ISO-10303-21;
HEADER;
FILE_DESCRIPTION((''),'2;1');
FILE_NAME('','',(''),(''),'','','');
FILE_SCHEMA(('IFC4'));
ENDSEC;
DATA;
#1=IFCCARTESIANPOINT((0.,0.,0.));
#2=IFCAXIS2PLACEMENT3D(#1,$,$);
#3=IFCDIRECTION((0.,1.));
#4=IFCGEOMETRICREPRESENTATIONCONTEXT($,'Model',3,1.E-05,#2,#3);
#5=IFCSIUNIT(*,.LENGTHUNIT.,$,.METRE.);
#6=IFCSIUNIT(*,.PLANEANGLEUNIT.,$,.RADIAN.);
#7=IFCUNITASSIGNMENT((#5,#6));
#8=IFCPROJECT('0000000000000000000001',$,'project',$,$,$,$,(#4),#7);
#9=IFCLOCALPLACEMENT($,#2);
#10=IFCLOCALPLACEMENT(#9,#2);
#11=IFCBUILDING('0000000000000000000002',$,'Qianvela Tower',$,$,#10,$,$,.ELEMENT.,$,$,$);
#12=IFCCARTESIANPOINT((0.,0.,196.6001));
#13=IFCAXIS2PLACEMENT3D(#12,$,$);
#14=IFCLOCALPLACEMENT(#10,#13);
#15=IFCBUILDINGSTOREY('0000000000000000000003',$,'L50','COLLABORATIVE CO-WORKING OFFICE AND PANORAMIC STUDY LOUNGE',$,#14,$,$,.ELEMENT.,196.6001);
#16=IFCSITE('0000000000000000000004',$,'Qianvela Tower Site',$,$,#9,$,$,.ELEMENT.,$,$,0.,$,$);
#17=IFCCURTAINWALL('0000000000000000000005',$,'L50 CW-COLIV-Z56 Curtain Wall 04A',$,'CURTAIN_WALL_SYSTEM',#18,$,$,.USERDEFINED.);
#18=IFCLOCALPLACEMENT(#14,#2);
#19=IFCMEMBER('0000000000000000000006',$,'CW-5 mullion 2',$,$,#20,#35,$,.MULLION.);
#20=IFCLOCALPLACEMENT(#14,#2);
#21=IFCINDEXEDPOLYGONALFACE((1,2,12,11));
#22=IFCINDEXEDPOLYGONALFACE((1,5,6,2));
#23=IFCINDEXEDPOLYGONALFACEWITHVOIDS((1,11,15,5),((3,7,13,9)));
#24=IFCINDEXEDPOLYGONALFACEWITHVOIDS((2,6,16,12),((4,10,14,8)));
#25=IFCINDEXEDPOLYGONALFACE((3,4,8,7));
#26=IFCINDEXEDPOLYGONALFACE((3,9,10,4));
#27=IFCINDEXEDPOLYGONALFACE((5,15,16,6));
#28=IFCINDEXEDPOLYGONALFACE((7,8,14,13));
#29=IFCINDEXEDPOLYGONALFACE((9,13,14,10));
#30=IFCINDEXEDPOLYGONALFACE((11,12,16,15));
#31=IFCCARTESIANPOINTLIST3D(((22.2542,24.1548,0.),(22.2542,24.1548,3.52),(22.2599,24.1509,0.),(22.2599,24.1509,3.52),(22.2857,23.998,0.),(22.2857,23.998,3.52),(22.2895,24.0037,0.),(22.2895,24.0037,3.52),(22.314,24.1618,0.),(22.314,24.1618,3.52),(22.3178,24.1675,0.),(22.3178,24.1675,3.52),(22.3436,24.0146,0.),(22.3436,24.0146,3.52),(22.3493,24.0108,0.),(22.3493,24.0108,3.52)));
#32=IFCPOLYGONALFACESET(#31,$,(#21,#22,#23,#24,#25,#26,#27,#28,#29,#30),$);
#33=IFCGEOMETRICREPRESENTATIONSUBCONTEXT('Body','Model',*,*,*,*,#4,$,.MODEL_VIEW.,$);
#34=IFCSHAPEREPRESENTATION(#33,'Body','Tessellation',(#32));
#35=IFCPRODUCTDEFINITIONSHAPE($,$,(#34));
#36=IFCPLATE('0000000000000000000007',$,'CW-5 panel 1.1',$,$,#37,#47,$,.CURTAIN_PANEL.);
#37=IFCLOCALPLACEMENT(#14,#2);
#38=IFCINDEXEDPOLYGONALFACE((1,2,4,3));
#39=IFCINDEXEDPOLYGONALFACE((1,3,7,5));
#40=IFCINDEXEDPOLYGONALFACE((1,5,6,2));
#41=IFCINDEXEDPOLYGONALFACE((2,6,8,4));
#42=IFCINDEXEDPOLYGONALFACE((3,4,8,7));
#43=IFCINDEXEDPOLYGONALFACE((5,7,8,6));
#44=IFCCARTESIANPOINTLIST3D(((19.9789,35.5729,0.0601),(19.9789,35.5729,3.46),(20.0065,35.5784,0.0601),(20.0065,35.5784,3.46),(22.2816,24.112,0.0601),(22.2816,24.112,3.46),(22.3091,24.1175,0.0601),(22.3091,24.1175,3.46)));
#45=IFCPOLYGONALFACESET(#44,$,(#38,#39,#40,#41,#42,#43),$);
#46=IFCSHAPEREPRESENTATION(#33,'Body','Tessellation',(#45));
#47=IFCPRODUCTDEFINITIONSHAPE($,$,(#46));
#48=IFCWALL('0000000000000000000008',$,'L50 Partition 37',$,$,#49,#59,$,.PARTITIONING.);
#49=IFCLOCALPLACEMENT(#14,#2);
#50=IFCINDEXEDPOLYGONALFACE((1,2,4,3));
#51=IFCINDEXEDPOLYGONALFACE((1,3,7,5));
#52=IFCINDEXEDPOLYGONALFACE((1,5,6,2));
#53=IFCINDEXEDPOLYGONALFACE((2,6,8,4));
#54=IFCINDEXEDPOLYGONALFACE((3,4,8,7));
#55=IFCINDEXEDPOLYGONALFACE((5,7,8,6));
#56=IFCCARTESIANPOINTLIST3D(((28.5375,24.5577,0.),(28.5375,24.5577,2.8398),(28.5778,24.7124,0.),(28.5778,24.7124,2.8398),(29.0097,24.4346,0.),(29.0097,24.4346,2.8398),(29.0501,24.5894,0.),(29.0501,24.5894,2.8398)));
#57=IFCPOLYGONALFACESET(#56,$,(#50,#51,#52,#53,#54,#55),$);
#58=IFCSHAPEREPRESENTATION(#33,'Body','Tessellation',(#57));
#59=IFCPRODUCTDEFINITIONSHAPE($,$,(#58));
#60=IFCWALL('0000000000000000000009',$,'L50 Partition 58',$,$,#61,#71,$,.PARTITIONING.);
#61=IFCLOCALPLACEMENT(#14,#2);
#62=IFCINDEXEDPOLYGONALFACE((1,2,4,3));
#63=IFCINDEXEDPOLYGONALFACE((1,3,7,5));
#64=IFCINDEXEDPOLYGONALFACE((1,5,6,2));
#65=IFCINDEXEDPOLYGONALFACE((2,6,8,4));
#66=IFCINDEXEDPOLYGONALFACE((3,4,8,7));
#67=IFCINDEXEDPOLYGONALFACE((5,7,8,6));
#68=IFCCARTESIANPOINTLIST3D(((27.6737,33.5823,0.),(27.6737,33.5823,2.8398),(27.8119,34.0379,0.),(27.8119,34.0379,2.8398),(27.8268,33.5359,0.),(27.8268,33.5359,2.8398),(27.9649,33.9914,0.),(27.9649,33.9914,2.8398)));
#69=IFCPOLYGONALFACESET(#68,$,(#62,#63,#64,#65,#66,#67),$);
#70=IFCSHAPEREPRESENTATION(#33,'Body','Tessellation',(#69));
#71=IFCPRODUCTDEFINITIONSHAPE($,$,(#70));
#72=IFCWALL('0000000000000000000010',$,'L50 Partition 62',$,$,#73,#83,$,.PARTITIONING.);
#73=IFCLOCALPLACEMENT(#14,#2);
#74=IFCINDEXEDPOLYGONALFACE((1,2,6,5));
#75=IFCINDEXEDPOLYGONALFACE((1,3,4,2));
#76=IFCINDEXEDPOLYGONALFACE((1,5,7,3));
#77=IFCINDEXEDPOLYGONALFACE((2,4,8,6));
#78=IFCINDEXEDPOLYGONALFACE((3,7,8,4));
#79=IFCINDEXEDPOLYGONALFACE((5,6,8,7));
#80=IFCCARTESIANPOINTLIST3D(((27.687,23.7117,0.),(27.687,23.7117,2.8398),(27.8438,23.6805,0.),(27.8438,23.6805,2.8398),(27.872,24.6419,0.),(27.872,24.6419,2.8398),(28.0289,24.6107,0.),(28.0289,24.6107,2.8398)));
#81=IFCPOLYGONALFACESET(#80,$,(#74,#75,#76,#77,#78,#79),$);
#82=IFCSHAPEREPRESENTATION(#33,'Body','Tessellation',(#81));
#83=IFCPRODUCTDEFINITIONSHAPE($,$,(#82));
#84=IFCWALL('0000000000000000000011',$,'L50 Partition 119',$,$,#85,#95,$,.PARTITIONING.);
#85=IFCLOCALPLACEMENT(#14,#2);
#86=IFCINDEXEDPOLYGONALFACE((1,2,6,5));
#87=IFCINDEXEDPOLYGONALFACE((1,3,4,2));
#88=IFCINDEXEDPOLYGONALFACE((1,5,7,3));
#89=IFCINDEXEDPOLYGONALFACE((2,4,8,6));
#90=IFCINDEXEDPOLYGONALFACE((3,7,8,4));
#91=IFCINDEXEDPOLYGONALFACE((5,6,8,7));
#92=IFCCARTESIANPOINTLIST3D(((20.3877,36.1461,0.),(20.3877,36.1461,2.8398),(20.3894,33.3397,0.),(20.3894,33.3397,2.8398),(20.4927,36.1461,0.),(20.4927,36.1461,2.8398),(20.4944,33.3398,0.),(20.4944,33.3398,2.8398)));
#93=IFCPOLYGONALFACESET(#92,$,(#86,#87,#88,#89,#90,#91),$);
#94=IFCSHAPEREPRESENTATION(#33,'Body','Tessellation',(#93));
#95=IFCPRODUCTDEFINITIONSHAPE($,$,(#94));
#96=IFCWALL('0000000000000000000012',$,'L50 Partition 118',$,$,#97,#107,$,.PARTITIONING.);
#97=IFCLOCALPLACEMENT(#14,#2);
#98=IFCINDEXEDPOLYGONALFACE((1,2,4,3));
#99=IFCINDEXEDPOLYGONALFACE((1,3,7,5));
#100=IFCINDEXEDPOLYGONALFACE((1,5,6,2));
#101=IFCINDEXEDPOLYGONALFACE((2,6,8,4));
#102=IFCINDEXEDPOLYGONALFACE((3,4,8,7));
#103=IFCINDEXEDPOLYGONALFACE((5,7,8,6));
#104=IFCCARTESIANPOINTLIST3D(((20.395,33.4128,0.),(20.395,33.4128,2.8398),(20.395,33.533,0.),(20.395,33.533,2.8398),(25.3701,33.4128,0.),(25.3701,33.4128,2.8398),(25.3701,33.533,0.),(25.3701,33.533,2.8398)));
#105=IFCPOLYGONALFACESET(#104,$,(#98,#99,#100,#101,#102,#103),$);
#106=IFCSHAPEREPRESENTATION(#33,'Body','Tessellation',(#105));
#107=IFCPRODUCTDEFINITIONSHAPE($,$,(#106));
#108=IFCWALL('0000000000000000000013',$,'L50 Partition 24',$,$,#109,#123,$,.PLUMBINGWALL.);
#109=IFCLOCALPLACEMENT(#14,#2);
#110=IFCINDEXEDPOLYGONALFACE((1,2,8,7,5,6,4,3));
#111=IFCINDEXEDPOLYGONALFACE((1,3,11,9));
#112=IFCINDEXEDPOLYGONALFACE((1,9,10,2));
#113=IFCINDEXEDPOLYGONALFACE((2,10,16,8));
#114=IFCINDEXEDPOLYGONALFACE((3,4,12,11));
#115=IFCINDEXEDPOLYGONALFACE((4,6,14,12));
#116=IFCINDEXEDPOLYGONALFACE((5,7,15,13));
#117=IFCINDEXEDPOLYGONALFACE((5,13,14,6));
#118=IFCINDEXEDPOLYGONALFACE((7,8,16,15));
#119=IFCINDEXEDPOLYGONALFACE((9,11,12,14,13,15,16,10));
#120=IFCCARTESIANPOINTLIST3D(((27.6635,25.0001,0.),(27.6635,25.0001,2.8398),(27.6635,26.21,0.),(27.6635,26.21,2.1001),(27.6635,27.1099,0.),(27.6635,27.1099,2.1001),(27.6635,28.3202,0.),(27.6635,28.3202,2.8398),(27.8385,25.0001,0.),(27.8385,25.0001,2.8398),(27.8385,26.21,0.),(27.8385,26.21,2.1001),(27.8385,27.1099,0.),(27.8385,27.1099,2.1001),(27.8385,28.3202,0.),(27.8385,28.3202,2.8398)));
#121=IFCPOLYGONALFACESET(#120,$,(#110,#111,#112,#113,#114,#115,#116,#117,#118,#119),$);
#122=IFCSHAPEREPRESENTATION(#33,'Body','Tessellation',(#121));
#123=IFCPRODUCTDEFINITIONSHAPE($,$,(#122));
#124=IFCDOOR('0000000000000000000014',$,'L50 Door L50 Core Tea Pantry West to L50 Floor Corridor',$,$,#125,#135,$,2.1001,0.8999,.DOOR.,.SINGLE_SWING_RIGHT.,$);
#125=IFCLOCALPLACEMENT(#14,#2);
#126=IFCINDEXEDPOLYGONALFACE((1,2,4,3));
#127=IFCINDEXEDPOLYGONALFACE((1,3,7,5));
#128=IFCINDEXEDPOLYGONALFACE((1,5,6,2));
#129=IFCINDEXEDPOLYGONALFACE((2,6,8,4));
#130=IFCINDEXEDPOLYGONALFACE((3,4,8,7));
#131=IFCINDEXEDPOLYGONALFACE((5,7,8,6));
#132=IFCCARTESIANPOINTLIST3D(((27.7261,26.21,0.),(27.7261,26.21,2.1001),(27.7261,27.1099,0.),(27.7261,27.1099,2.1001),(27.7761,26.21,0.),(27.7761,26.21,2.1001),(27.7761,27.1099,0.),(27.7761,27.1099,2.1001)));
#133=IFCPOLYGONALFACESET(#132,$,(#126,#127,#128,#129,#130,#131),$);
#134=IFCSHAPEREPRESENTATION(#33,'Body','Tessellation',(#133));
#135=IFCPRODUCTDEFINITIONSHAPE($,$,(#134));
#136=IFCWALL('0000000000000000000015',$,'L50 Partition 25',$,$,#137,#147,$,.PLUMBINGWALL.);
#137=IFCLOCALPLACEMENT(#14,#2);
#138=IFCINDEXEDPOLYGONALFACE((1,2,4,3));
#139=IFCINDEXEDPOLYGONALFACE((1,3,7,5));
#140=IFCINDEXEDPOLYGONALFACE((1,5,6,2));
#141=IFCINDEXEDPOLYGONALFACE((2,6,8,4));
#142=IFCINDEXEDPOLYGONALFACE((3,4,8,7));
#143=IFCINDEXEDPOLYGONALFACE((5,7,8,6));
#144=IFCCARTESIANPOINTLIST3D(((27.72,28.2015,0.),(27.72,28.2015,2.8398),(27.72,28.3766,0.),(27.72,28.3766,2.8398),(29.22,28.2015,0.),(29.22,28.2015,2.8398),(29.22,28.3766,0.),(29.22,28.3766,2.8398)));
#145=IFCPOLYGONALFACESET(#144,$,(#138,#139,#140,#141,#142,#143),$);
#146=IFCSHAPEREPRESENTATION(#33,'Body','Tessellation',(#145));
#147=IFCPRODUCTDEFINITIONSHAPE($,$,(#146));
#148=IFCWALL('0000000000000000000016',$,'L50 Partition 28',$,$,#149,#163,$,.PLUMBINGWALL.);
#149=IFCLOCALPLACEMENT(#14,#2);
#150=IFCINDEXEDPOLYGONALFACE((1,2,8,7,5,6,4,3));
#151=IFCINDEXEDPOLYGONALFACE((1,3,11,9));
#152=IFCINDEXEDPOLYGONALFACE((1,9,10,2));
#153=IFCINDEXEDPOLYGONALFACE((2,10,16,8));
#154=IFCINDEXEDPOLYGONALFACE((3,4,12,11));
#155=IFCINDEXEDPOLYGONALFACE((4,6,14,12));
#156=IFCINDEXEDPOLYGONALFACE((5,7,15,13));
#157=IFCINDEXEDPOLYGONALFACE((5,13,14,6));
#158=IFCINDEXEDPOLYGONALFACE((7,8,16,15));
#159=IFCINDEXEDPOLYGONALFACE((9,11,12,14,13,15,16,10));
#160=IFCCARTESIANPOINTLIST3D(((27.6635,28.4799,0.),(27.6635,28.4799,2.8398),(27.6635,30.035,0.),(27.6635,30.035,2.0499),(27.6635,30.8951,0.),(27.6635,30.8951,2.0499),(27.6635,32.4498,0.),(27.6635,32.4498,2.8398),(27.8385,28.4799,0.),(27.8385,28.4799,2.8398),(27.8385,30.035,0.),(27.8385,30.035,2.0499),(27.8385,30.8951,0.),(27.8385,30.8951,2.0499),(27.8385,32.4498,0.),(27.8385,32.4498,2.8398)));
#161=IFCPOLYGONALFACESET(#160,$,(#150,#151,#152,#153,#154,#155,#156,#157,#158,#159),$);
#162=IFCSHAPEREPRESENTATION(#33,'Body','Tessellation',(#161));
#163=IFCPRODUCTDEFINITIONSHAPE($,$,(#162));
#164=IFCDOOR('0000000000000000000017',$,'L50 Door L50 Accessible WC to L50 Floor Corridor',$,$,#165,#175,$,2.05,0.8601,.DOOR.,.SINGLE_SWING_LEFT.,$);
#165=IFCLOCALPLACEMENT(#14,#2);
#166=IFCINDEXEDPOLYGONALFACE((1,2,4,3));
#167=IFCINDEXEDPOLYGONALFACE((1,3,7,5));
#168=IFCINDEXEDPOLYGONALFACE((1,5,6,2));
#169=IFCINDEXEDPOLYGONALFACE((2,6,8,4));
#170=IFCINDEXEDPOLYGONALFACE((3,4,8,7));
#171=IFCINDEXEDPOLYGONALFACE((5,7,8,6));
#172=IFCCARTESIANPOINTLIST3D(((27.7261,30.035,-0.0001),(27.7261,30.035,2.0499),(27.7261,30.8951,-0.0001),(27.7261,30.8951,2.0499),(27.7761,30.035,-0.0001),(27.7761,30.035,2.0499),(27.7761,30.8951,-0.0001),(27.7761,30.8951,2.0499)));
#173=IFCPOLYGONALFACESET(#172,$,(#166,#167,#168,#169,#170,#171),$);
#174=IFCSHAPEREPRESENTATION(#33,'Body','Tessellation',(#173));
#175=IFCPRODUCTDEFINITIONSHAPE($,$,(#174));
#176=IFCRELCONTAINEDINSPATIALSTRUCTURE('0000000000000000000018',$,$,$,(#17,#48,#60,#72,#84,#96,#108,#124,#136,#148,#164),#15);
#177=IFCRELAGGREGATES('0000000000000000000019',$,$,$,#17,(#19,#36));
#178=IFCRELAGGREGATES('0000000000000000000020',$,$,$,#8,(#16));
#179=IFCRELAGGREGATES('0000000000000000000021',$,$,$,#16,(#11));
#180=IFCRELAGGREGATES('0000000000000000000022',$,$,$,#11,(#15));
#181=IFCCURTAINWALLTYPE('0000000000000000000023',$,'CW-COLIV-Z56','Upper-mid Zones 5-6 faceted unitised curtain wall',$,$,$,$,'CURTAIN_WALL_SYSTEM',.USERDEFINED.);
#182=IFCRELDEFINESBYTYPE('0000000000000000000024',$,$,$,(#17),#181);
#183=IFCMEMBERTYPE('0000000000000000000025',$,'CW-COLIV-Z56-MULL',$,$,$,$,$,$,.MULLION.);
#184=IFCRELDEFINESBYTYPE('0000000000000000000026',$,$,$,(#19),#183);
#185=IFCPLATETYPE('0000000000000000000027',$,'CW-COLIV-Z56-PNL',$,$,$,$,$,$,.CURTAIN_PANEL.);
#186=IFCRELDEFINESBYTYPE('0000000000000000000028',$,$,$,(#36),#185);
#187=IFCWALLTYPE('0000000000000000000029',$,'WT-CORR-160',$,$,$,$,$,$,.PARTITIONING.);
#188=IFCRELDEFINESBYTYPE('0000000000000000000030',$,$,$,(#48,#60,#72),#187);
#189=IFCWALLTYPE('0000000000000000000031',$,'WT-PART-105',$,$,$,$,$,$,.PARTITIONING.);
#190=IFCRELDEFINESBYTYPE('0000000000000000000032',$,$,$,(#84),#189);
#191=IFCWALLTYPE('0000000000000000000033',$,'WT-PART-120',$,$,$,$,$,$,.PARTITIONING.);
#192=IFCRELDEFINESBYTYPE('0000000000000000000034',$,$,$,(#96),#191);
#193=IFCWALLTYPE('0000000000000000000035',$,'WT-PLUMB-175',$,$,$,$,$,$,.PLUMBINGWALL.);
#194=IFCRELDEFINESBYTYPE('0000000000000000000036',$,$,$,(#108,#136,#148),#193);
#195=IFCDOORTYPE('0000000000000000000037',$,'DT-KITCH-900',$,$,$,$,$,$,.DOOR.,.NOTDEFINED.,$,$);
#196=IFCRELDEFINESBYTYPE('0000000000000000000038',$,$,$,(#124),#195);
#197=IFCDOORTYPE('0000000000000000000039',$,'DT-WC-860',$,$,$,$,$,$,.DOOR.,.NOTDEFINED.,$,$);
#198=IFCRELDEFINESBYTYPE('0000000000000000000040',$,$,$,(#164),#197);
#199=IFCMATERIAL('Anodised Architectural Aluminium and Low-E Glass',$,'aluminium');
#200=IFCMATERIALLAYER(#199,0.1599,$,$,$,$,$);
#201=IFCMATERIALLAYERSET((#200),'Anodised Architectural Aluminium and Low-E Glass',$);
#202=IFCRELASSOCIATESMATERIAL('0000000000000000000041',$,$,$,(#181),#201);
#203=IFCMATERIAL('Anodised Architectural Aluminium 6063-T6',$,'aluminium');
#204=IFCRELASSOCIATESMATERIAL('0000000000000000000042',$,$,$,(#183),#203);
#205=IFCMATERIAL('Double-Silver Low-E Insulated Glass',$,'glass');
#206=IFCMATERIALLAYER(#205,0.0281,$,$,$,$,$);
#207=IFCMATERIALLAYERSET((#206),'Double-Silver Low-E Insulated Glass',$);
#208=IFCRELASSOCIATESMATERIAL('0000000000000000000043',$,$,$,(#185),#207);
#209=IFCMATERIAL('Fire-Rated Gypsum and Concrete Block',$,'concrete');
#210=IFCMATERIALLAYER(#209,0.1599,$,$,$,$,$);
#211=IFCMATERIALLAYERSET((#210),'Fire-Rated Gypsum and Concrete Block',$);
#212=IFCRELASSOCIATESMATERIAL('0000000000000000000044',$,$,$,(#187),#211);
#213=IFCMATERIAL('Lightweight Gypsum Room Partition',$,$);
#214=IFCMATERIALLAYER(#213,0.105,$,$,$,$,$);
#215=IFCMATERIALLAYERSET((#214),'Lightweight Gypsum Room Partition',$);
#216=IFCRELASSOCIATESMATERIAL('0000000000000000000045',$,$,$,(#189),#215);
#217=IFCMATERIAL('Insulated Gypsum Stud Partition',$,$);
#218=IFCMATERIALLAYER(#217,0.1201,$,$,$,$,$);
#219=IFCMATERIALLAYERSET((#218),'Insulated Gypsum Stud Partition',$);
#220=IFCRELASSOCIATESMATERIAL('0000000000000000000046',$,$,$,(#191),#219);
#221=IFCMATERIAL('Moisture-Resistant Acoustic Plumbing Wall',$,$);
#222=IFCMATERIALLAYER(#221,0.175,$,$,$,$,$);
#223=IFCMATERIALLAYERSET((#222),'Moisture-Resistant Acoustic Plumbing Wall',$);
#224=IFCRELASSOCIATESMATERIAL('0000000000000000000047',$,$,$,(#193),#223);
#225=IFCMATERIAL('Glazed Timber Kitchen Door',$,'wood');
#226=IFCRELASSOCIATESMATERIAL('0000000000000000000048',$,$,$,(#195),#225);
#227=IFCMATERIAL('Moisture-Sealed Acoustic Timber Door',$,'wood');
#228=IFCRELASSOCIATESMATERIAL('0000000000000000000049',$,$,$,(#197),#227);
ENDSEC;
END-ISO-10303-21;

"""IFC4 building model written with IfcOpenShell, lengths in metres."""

from ifc_helpers import new_model, si_unit, direction, frame, frame_2d, origin, origin_2d, place, context, subcontext, project, spatial, rectangle, hollow_rectangle, extrude, material, layer, layer_set, material_profile, profile_set, type_object, element, fill, aggregate, save


model = new_model("IFC4")

# Units and contexts
model_context = context("Model", 3, precision=1e-05, world=origin(), true_north=direction((0.0, 1.0)))
body_context = subcontext(model_context, "Body", "Model", "MODEL_VIEW")
ifc_project = project(units=[si_unit("LENGTHUNIT", "METRE"), si_unit("PLANEANGLEUNIT", "RADIAN")], contexts=[model_context])

# Site, building, storey
site_placement = place(None, origin())
site = spatial("IfcSite", under=ifc_project, at=site_placement, Name="Qianvela Tower Site", CompositionType="ELEMENT", RefElevation=0.0)
building_placement = place(site_placement, origin())
building = spatial("IfcBuilding", under=site, at=building_placement, Name="Qianvela Tower", CompositionType="ELEMENT")
storey_placement = place(building_placement, frame((0.0, 0.0, 196.6001)))
storey = spatial("IfcBuildingStorey", under=building, at=storey_placement, Name="L50", Description="COLLABORATIVE CO-WORKING OFFICE AND PANORAMIC STUDY LOUNGE", CompositionType="ELEMENT", Elevation=196.6001)

# Curtain wall, member, plate
ifc_material_1 = material(Name="Anodised Architectural Aluminium and Low-E Glass", Category="aluminium")
ifc_layer_1 = layer(ifc_material_1, 0.1599)
ifc_layer_set_1 = layer_set([ifc_layer_1], Name="Anodised Architectural Aluminium and Low-E Glass")
curtain_wall_type_1 = type_object("IfcCurtainWallType", Name="CW-COLIV-Z56", Description="Upper-mid Zones 5-6 faceted unitised curtain wall", ElementType="CURTAIN_WALL_SYSTEM", PredefinedType="USERDEFINED", material=ifc_layer_set_1)
curtain_wall_1_placement = place(storey_placement, origin())
curtain_wall_1 = element("IfcCurtainWall", 1, at=curtain_wall_1_placement, inside=storey, type_object=curtain_wall_type_1, Name="L50 CW-COLIV-Z56 Curtain Wall 04A", ObjectType="CURTAIN_WALL_SYSTEM", PredefinedType="USERDEFINED")
ifc_material_2 = material(Name="Anodised Architectural Aluminium 6063-T6", Category="aluminium")
ifc_material_profile_1 = material_profile(ifc_material_2, hollow_rectangle(XDim=0.0649, YDim=0.1599, WallThickness=0.0049, at=origin_2d()), Name="ALU-MULL-65x160")
ifc_profile_set_1 = profile_set([ifc_material_profile_1], Name="Anodised Architectural Aluminium 6063-T6")
member_type_1 = type_object("IfcMemberType", Name="CW-COLIV-Z56-MULL", PredefinedType="MULLION", material=ifc_profile_set_1)
member_1_placement = place(storey_placement, frame((22.3018, 24.0828, 0.0), z_axis=(0.0, 0.0, 1.0), x_axis=(0.980408, 0.19698, 0.0)))
member_1 = element("IfcMember", 2, at=member_1_placement, type_object=member_type_1, Name="CW-5 mullion 2", PredefinedType="MULLION", context=body_context, shape_type="SweptSolid", body=[
    extrude(hollow_rectangle(XDim=0.0649, YDim=0.1599, WallThickness=0.0049, at=origin_2d()), origin(), (0.0, 0.0, 1.0), 3.52),
])
ifc_material_3 = material(Name="Double-Silver Low-E Insulated Glass", Category="glass")
ifc_layer_2 = layer(ifc_material_3, 0.0281)
ifc_layer_set_2 = layer_set([ifc_layer_2], Name="Double-Silver Low-E Insulated Glass")
plate_type = type_object("IfcPlateType", Name="CW-COLIV-Z56-PNL", PredefinedType="CURTAIN_PANEL", material=ifc_layer_set_2)
plate_placement = place(storey_placement, frame((21.144, 29.8452, 0.0601), z_axis=(0.0, 0.0, 1.0), x_axis=(0.19698, -0.980408, 0.0)))
plate = element("IfcPlate", 3, at=plate_placement, type_object=plate_type, Name="CW-5 panel 1.1", PredefinedType="CURTAIN_PANEL", context=body_context, shape_type="SweptSolid", body=[
    extrude(rectangle(XDim=11.6899, YDim=0.0281, at=origin_2d()), origin(), (0.0, 0.0, 1.0), 3.3999),
])
aggregate(curtain_wall_1, [member_1, plate])

# Walls
ifc_material_4 = material(Name="Fire-Rated Gypsum and Concrete Block", Category="concrete")
ifc_layer_3 = layer(ifc_material_4, 0.1599)
ifc_layer_set_3 = layer_set([ifc_layer_3], Name="Fire-Rated Gypsum and Concrete Block")
wall_type_1 = type_object("IfcWallType", Name="WT-CORR-160", PredefinedType="PARTITIONING", material=ifc_layer_set_3)
wall_1_placement = place(storey_placement, frame((29.03, 24.512, 0.0), z_axis=(0.0, 0.0, 1.0), x_axis=(-0.967681, 0.252177, 0.0)))
element("IfcWall", 4, at=wall_1_placement, inside=storey, type_object=wall_type_1, Name="L50 Partition 37", PredefinedType="PARTITIONING", context=body_context, shape_type="SweptSolid", body=[
    extrude(rectangle(XDim=0.488, YDim=0.1599, at=frame_2d((0.2441, 0.0))), origin(), (0.0, 0.0, 1.0), 2.8398),
])
wall_2_placement = place(storey_placement, frame((27.8884, 34.0146, 0.0), z_axis=(0.0, 0.0, 1.0), x_axis=(-0.290264, -0.956947, 0.0)))
element("IfcWall", 5, at=wall_2_placement, inside=storey, type_object=wall_type_1, Name="L50 Partition 58", PredefinedType="PARTITIONING", context=body_context, shape_type="SweptSolid", body=[
    extrude(rectangle(XDim=0.4761, YDim=0.1599, at=frame_2d((0.238, 0.0))), origin(), (0.0, 0.0, 1.0), 2.8398),
])
wall_3_placement = place(storey_placement, frame((27.9504, 24.6262, 0.0), z_axis=(0.0, 0.0, 1.0), x_axis=(-0.195126, -0.980778, 0.0)))
element("IfcWall", 6, at=wall_3_placement, inside=storey, type_object=wall_type_1, Name="L50 Partition 62", PredefinedType="PARTITIONING", context=body_context, shape_type="SweptSolid", body=[
    extrude(rectangle(XDim=0.9485, YDim=0.1599, at=frame_2d((0.4741, 0.0))), origin(), (0.0, 0.0, 1.0), 2.8398),
])
ifc_material_5 = material(Name="Lightweight Gypsum Room Partition")
ifc_layer_4 = layer(ifc_material_5, 0.105)
ifc_layer_set_4 = layer_set([ifc_layer_4], Name="Lightweight Gypsum Room Partition")
wall_type_2 = type_object("IfcWallType", Name="WT-PART-105", PredefinedType="PARTITIONING", material=ifc_layer_set_4)
wall_4_placement = place(storey_placement, frame((20.4419, 33.3396, 0.0), z_axis=(0.0, 0.0, 1.0), x_axis=(-0.000609, 1.0, 0.0)))
element("IfcWall", 7, at=wall_4_placement, inside=storey, type_object=wall_type_2, Name="L50 Partition 119", PredefinedType="PARTITIONING", context=body_context, shape_type="SweptSolid", body=[
    extrude(rectangle(XDim=2.8064, YDim=0.105, at=frame_2d((1.4033, 0.0))), origin(), (0.0, 0.0, 1.0), 2.8398),
])
ifc_material_6 = material(Name="Insulated Gypsum Stud Partition")
ifc_layer_5 = layer(ifc_material_6, 0.1201)
ifc_layer_set_5 = layer_set([ifc_layer_5], Name="Insulated Gypsum Stud Partition")
wall_type_3 = type_object("IfcWallType", Name="WT-PART-120", PredefinedType="PARTITIONING", material=ifc_layer_set_5)
wall_5_placement = place(storey_placement, frame((25.3701, 33.4729, 0.0), z_axis=(0.0, 0.0, 1.0), x_axis=(-1.0, 0.0, 0.0)))
element("IfcWall", 8, at=wall_5_placement, inside=storey, type_object=wall_type_3, Name="L50 Partition 118", PredefinedType="PARTITIONING", context=body_context, shape_type="SweptSolid", body=[
    extrude(rectangle(XDim=4.9751, YDim=0.1201, at=frame_2d((2.4875, 0.0))), origin(), (0.0, 0.0, 1.0), 2.8398),
])

# Wall, opening, door
ifc_material_7 = material(Name="Moisture-Resistant Acoustic Plumbing Wall")
ifc_layer_6 = layer(ifc_material_7, 0.175)
ifc_layer_set_6 = layer_set([ifc_layer_6], Name="Moisture-Resistant Acoustic Plumbing Wall")
wall_type_4 = type_object("IfcWallType", Name="WT-PLUMB-175", PredefinedType="PLUMBINGWALL", material=ifc_layer_set_6)
wall_6_placement = place(storey_placement, frame((27.751, 25.0, 0.0), z_axis=(0.0, 0.0, 1.0), x_axis=(0.0, 1.0, 0.0)))
wall_6 = element("IfcWall", 9, at=wall_6_placement, inside=storey, type_object=wall_type_4, Name="L50 Partition 24", PredefinedType="PLUMBINGWALL", context=body_context, shape_type="SweptSolid", body=[
    extrude(rectangle(XDim=3.3201, YDim=0.175, at=frame_2d((1.6602, 0.0))), origin(), (0.0, 0.0, 1.0), 2.8398),
])
opening_1_placement = place(wall_6_placement, frame((1.21, 0.0, 0.0)))
opening_1 = element("IfcOpeningElement", 10, at=opening_1_placement, cuts=wall_6, PredefinedType="OPENING", context=body_context, shape_type="SweptSolid", body=[
    extrude(rectangle(XDim=0.8999, YDim=2.1001, at=frame_2d((0.45, 1.05))), frame((0.0, 0.0974, 0.0), z_axis=(0.0, -1.0, 0.0), x_axis=(1.0, 0.0, 0.0)), (0.0, 0.0, 1.0), 0.1951),
])
ifc_material_8 = material(Name="Glazed Timber Kitchen Door", Category="wood")
door_type_1 = type_object("IfcDoorType", Name="DT-KITCH-900", OperationType="NOTDEFINED", PredefinedType="DOOR", material=ifc_material_8)
door_1_placement = place(opening_1_placement, origin())
door_1 = element("IfcDoor", 11, at=door_1_placement, inside=storey, type_object=door_type_1, Name="L50 Door L50 Core Tea Pantry West to L50 Floor Corridor", OperationType="SINGLE_SWING_RIGHT", OverallHeight=2.1001, OverallWidth=0.8999, PredefinedType="DOOR", context=body_context, shape_type="SweptSolid", body=[
    extrude(rectangle(XDim=0.8999, YDim=2.1001, at=frame_2d((0.45, 1.05))), frame((0.0, 0.0249, 0.0), z_axis=(0.0, -1.0, 0.0), x_axis=(1.0, 0.0, 0.0)), (0.0, 0.0, 1.0), 0.05),
])
fill(opening_1, door_1)

# Wall
wall_7_placement = place(storey_placement, frame((27.72, 28.2891, 0.0), z_axis=(0.0, 0.0, 1.0), x_axis=(1.0, 0.0, 0.0)))
element("IfcWall", 12, at=wall_7_placement, inside=storey, type_object=wall_type_4, Name="L50 Partition 25", PredefinedType="PLUMBINGWALL", context=body_context, shape_type="SweptSolid", body=[
    extrude(rectangle(XDim=1.5, YDim=0.175, at=frame_2d((0.75, 0.0))), origin(), (0.0, 0.0, 1.0), 2.8398),
])

# Wall, opening, door
wall_8_placement = place(storey_placement, frame((27.751, 28.48, 0.0), z_axis=(0.0, 0.0, 1.0), x_axis=(0.0, 1.0, 0.0)))
wall_8 = element("IfcWall", 13, at=wall_8_placement, inside=storey, type_object=wall_type_4, Name="L50 Partition 28", PredefinedType="PLUMBINGWALL", context=body_context, shape_type="SweptSolid", body=[
    extrude(rectangle(XDim=3.97, YDim=0.175, at=frame_2d((1.9849, 0.0))), origin(), (0.0, 0.0, 1.0), 2.8398),
])
opening_2_placement = place(wall_8_placement, frame((1.5549, 0.0, 0.0)))
opening_2 = element("IfcOpeningElement", 14, at=opening_2_placement, cuts=wall_8, PredefinedType="OPENING", context=body_context, shape_type="SweptSolid", body=[
    extrude(rectangle(XDim=0.8601, YDim=2.05, at=frame_2d((0.4302, 1.0249))), frame((0.0, 0.0974, 0.0), z_axis=(0.0, -1.0, 0.0), x_axis=(1.0, 0.0, 0.0)), (0.0, 0.0, 1.0), 0.1951),
])
ifc_material_9 = material(Name="Moisture-Sealed Acoustic Timber Door", Category="wood")
door_type_2 = type_object("IfcDoorType", Name="DT-WC-860", OperationType="NOTDEFINED", PredefinedType="DOOR", material=ifc_material_9)
door_2_placement = place(opening_2_placement, origin())
door_2 = element("IfcDoor", 15, at=door_2_placement, inside=storey, type_object=door_type_2, Name="L50 Door L50 Accessible WC to L50 Floor Corridor", OperationType="SINGLE_SWING_LEFT", OverallHeight=2.05, OverallWidth=0.8601, PredefinedType="DOOR", context=body_context, shape_type="SweptSolid", body=[
    extrude(rectangle(XDim=0.8601, YDim=2.05, at=frame_2d((0.4302, 1.0249))), frame((0.0, 0.0249, 0.0), z_axis=(0.0, -1.0, 0.0), x_axis=(1.0, 0.0, 0.0)), (0.0, 0.0, 1.0), 0.05),
])
fill(opening_2, door_2)

save(model, "model.ifc")
